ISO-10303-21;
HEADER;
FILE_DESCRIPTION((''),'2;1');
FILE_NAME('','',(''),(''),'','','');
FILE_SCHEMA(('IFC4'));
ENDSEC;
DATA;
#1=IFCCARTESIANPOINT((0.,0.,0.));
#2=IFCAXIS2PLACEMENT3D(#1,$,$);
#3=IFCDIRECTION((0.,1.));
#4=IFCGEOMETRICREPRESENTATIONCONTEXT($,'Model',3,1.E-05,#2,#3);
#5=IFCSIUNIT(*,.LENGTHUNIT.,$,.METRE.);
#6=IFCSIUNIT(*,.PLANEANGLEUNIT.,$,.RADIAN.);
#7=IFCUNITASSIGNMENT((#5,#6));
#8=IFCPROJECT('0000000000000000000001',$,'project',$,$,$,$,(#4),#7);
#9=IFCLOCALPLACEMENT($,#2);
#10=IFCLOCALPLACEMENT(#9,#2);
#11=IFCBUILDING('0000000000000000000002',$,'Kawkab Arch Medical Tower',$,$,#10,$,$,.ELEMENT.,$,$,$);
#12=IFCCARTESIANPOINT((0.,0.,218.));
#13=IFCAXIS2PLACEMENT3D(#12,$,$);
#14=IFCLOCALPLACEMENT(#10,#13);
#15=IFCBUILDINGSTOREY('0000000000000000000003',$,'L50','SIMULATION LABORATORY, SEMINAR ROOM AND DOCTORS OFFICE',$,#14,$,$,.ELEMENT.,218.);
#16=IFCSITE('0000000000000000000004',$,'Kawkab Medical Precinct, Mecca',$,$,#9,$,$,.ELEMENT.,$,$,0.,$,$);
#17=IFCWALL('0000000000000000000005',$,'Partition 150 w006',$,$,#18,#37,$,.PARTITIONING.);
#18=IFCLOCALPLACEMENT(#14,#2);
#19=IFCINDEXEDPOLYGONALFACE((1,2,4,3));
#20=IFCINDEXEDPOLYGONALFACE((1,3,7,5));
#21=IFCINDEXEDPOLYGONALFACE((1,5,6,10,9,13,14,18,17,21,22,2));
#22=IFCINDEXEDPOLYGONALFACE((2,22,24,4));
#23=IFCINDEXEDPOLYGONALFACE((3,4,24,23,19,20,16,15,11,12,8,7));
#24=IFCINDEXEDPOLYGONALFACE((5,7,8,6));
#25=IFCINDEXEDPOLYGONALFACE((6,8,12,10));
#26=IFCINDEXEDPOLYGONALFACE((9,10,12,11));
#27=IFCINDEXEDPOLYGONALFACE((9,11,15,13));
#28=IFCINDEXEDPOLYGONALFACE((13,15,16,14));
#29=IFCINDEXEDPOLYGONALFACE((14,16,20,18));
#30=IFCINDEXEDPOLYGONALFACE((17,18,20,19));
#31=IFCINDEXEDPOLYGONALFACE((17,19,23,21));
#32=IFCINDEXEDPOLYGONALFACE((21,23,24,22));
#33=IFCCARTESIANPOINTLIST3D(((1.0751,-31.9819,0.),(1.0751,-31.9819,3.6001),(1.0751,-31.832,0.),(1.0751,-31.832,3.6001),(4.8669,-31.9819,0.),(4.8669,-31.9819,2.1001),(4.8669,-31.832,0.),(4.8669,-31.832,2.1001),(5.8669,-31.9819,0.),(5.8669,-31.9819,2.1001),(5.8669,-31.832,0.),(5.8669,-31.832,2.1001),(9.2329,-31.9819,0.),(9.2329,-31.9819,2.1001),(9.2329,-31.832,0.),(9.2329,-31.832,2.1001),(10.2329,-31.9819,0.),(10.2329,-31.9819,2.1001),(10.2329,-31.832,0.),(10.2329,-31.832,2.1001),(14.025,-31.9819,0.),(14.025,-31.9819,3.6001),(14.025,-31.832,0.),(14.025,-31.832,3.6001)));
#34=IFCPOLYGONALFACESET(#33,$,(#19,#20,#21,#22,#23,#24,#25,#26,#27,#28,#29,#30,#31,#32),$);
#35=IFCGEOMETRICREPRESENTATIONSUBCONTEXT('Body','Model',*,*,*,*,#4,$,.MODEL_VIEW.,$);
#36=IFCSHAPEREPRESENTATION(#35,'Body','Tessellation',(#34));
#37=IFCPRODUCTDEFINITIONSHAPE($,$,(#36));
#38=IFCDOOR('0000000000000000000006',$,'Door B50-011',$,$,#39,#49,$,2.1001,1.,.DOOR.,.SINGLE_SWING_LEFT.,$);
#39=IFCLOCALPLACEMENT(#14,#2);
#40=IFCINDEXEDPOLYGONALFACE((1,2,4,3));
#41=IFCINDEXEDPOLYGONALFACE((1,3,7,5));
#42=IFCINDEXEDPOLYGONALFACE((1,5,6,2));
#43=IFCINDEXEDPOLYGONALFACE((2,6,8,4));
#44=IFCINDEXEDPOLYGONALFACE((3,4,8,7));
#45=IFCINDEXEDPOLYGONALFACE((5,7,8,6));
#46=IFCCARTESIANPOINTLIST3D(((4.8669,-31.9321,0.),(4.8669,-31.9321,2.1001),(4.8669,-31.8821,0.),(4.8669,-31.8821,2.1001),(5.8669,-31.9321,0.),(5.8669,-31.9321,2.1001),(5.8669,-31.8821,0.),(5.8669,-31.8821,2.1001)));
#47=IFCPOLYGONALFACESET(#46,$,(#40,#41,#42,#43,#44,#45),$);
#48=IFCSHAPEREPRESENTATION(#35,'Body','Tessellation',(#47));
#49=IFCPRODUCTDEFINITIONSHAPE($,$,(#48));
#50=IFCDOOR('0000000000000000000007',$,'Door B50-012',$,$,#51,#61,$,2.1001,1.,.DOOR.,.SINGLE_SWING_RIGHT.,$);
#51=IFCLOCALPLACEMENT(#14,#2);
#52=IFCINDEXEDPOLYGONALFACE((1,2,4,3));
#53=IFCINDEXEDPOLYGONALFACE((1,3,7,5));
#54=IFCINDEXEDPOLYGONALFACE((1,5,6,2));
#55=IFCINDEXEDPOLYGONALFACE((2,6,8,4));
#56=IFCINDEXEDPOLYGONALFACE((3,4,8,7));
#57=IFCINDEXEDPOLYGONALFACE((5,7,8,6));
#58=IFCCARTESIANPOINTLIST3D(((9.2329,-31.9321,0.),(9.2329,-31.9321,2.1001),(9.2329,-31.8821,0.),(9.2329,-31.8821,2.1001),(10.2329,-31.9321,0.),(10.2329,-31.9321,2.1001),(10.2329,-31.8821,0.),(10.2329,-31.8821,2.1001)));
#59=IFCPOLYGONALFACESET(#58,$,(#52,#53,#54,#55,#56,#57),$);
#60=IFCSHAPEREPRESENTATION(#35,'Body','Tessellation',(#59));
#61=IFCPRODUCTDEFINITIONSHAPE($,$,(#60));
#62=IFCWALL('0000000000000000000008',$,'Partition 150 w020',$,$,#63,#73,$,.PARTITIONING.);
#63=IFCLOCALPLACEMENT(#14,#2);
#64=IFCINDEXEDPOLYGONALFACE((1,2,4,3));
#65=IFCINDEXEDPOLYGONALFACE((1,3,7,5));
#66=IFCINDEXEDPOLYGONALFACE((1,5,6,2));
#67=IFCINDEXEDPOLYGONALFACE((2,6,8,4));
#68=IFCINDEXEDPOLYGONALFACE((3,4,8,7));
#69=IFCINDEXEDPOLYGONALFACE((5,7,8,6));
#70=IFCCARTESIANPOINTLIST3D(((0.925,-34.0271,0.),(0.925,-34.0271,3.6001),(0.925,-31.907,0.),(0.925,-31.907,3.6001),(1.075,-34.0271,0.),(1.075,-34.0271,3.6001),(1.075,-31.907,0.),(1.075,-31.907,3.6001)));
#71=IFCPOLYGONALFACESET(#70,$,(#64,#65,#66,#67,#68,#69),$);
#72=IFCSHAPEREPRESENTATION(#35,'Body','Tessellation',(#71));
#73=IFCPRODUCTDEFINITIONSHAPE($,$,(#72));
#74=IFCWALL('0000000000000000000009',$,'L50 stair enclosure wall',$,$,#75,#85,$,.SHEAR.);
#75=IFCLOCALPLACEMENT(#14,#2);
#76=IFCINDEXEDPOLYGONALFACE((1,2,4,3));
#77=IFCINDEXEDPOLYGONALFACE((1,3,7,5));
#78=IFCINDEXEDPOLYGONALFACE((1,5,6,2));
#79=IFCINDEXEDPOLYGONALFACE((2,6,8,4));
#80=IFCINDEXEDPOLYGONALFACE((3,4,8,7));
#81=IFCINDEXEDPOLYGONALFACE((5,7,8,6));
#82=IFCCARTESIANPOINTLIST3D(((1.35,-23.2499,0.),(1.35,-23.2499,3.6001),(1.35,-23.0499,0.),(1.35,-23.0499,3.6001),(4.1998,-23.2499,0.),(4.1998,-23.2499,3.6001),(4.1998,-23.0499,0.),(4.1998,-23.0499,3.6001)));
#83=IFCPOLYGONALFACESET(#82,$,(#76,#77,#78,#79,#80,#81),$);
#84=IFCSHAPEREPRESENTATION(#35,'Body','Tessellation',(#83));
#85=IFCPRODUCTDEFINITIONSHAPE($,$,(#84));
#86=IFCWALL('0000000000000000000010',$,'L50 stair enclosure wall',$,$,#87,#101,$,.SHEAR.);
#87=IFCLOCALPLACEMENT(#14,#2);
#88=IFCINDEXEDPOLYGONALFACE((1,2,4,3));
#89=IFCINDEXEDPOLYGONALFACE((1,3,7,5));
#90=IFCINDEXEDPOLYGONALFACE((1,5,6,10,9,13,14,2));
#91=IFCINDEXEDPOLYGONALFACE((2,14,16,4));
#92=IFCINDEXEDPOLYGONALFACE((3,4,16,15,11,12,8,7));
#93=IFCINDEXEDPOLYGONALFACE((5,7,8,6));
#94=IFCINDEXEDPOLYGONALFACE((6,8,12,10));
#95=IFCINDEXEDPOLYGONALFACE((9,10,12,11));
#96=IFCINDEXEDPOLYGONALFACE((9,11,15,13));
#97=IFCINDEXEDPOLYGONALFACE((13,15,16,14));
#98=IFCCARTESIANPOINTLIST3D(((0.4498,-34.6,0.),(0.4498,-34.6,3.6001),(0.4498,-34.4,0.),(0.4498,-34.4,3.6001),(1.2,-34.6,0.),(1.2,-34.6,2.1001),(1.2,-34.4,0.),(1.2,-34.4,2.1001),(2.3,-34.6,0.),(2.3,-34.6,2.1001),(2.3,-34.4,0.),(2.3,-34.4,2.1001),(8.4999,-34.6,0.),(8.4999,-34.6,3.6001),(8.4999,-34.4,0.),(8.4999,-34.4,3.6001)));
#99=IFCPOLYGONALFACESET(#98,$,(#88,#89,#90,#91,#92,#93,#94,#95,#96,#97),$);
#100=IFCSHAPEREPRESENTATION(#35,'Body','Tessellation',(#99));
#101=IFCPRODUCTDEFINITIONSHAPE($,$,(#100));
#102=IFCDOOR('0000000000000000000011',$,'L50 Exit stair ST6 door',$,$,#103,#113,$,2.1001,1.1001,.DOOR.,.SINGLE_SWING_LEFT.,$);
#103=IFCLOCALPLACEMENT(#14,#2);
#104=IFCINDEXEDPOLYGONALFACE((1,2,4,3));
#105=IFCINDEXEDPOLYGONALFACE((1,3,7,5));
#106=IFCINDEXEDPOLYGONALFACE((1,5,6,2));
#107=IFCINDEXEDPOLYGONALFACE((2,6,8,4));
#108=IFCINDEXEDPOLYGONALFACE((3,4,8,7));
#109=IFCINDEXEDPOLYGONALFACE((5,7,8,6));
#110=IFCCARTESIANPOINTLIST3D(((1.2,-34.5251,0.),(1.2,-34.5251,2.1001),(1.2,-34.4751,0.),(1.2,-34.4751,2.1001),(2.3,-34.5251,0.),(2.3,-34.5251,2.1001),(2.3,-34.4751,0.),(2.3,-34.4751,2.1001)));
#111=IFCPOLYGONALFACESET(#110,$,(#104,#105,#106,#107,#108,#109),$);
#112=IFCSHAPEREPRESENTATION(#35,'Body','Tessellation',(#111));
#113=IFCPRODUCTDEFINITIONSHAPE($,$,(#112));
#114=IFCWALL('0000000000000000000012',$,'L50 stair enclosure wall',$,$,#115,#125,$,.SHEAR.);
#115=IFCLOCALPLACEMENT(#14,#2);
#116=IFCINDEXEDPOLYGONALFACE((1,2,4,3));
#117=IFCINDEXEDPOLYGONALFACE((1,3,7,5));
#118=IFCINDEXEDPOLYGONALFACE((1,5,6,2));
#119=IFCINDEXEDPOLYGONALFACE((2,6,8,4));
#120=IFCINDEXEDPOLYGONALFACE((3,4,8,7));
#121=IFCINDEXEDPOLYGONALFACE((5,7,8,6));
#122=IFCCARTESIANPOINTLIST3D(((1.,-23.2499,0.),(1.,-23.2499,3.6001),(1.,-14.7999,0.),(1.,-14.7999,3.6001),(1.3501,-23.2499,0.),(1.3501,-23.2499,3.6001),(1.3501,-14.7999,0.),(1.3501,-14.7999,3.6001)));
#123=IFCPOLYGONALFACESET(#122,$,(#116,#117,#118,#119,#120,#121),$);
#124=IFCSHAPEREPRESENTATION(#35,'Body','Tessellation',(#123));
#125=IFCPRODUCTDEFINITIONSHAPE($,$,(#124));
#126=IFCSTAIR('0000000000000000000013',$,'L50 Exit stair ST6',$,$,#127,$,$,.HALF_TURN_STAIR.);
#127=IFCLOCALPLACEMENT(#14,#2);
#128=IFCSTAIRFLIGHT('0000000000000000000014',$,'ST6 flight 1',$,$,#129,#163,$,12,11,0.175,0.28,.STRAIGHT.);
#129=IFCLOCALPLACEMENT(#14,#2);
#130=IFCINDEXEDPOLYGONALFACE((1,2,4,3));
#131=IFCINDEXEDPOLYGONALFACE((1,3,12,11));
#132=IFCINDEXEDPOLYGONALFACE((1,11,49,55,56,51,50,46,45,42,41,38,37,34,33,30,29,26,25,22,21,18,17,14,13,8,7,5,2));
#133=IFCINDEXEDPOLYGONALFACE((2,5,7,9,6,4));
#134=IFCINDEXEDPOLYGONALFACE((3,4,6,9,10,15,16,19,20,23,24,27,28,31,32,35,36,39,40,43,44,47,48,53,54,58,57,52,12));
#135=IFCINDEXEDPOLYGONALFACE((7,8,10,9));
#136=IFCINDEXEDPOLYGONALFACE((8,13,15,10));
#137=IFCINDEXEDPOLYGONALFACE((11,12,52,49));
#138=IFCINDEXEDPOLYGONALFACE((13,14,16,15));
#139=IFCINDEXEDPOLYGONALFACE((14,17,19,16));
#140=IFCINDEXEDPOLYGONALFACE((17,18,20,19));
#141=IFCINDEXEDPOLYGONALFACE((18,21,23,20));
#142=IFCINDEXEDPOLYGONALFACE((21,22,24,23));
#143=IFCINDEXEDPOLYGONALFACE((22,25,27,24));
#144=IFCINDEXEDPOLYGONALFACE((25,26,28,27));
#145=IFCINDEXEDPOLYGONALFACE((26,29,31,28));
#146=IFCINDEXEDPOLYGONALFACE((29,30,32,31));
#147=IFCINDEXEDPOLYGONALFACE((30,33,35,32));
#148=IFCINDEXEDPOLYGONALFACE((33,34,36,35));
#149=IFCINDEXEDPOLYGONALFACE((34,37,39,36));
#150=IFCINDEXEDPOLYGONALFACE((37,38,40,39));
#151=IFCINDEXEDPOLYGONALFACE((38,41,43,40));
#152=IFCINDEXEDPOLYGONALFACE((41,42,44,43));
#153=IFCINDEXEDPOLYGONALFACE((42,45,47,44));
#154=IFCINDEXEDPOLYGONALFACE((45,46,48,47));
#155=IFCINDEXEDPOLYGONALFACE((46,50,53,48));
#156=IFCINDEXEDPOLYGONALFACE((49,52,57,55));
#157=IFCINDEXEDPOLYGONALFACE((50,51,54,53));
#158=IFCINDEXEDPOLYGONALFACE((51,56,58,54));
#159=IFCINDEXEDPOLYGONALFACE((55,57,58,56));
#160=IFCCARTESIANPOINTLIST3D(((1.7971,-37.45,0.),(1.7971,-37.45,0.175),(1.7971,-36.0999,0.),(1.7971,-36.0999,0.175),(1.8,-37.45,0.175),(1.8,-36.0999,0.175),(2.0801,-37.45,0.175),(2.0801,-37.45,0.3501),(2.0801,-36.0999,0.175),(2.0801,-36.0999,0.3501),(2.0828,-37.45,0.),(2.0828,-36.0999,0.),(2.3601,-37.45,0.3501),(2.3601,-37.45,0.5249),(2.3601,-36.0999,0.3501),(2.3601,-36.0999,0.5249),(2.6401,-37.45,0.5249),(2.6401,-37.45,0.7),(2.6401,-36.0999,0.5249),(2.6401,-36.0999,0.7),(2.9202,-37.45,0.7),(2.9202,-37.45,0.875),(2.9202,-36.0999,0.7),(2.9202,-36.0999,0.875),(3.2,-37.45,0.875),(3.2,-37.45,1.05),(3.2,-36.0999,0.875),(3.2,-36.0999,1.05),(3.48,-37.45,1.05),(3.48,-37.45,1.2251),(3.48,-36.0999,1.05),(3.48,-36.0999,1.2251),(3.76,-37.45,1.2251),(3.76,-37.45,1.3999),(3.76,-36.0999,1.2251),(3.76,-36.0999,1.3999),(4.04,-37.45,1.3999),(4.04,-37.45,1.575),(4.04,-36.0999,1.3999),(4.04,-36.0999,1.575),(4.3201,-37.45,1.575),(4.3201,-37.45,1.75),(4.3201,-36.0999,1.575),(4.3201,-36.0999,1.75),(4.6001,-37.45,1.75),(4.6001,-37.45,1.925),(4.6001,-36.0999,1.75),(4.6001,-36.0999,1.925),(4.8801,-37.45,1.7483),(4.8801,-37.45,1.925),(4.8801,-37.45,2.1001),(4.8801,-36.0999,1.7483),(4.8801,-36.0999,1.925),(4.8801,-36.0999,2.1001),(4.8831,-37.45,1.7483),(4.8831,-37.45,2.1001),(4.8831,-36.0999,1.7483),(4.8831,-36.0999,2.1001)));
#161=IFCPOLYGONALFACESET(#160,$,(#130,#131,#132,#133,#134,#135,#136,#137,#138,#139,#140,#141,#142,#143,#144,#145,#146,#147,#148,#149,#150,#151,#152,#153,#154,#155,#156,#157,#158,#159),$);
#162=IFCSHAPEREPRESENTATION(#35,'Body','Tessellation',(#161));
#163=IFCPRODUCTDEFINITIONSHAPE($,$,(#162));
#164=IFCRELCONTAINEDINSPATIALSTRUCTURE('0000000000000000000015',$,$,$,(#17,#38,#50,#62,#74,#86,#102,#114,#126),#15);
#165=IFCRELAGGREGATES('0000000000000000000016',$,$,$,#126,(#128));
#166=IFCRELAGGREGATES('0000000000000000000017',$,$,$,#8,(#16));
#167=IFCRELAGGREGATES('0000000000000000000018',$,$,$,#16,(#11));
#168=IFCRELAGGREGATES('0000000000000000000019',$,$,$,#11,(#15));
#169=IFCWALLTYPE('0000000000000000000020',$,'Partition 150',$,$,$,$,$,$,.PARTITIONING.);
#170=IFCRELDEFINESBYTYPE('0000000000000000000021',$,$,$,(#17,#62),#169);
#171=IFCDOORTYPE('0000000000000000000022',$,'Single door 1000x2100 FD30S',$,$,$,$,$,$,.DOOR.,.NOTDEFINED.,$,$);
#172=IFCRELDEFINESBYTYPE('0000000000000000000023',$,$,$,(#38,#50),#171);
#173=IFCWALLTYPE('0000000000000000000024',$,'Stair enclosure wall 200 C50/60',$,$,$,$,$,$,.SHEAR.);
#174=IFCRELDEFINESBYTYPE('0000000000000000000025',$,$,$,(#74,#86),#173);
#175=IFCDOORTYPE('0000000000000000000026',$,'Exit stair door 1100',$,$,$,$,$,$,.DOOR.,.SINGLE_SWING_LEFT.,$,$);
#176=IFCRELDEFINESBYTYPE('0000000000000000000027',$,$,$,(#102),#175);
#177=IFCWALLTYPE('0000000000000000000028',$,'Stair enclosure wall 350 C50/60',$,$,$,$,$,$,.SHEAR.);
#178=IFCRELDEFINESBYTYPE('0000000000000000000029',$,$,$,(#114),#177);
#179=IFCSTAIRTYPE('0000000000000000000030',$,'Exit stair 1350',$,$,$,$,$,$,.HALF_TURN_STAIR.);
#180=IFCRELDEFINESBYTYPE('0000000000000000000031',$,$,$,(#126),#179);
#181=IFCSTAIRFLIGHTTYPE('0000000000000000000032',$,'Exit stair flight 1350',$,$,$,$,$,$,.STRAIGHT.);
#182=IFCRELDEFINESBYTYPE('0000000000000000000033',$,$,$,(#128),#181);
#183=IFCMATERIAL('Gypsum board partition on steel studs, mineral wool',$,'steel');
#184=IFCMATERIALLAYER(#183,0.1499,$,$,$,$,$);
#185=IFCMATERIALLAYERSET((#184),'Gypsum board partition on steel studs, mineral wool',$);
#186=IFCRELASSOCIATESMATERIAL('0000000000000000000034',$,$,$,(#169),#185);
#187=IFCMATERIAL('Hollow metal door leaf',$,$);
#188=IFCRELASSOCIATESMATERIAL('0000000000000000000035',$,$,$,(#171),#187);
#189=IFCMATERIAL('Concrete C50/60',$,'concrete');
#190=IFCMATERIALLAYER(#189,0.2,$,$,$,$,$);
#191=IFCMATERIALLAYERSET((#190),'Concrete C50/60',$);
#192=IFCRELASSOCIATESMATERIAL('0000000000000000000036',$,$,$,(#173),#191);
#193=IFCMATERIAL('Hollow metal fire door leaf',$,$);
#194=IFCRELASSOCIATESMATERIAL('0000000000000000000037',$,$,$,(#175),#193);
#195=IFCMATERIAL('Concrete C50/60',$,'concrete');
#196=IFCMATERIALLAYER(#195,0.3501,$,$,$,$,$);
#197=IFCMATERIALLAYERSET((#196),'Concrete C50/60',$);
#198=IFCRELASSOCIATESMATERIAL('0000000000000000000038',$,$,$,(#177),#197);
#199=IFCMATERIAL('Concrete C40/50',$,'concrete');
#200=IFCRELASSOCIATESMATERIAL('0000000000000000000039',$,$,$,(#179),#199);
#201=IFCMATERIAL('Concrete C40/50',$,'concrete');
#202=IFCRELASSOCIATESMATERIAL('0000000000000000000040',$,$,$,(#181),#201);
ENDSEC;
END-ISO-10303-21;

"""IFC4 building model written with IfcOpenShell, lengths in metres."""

from ifc_helpers import new_model, si_unit, direction, frame, frame_2d, origin, place, context, subcontext, project, spatial, polyline, rectangle, outline, extrude, material, layer, layer_set, type_object, element, fill, aggregate, save


model = new_model("IFC4")

# Units and contexts
model_context = context("Model", 3, precision=1e-05, world=origin(), true_north=direction((0.0, 1.0)))
body_context = subcontext(model_context, "Body", "Model", "MODEL_VIEW")
ifc_project = project(units=[si_unit("LENGTHUNIT", "METRE"), si_unit("PLANEANGLEUNIT", "RADIAN")], contexts=[model_context])

# Site, building, storey
site_placement = place(None, origin())
site = spatial("IfcSite", under=ifc_project, at=site_placement, Name="Kawkab Medical Precinct, Mecca", CompositionType="ELEMENT", RefElevation=0.0)
building_placement = place(site_placement, origin())
building = spatial("IfcBuilding", under=site, at=building_placement, Name="Kawkab Arch Medical Tower", CompositionType="ELEMENT")
storey_placement = place(building_placement, frame((0.0, 0.0, 218.0)))
storey = spatial("IfcBuildingStorey", under=building, at=storey_placement, Name="L50", Description="SIMULATION LABORATORY, SEMINAR ROOM AND DOCTORS OFFICE", CompositionType="ELEMENT", Elevation=218.0)

# Shared definitions
placement = place(storey_placement, origin())

# Wall, openings, doors
ifc_material_1 = material(Name="Gypsum board partition on steel studs, mineral wool", Category="steel")
ifc_layer_1 = layer(ifc_material_1, 0.1499)
ifc_layer_set_1 = layer_set([ifc_layer_1], Name="Gypsum board partition on steel studs, mineral wool")
wall_type_1 = type_object("IfcWallType", Name="Partition 150", PredefinedType="PARTITIONING", material=ifc_layer_set_1)
wall_1_placement = place(storey_placement, frame((1.075, -31.907, 0.0), z_axis=(0.0, 0.0, 1.0), x_axis=(1.0, 0.0, 0.0)))
wall_1 = element("IfcWall", 1, at=wall_1_placement, inside=storey, type_object=wall_type_1, Name="Partition 150 w006", PredefinedType="PARTITIONING", context=body_context, shape_type="SweptSolid", body=[
    extrude(rectangle(XDim=12.95, YDim=0.1499, at=frame_2d((6.4751, 0.0))), origin(), (0.0, 0.0, 1.0), 3.6001),
])
opening_1_placement = place(wall_1_placement, frame((3.792, 0.0, 0.0)))
opening_1 = element("IfcOpeningElement", 2, at=opening_1_placement, cuts=wall_1, PredefinedType="OPENING", context=body_context, shape_type="SweptSolid", body=[
    extrude(rectangle(XDim=1.0, YDim=2.1001, at=frame_2d((0.5, 1.05))), frame((0.0, 0.085, 0.0), z_axis=(0.0, -1.0, 0.0), x_axis=(1.0, 0.0, 0.0)), (0.0, 0.0, 1.0), 0.1699),
])
opening_2_placement = place(wall_1_placement, frame((8.158, 0.0, 0.0)))
opening_2 = element("IfcOpeningElement", 3, at=opening_2_placement, cuts=wall_1, PredefinedType="OPENING", context=body_context, shape_type="SweptSolid", body=[
    extrude(rectangle(XDim=1.0, YDim=2.1001, at=frame_2d((0.5, 1.05))), frame((0.0, 0.085, 0.0), z_axis=(0.0, -1.0, 0.0), x_axis=(1.0, 0.0, 0.0)), (0.0, 0.0, 1.0), 0.1699),
])
ifc_material_2 = material(Name="Hollow metal door leaf")
door_type_1 = type_object("IfcDoorType", Name="Single door 1000x2100 FD30S", OperationType="NOTDEFINED", PredefinedType="DOOR", material=ifc_material_2)
door_1_placement = place(opening_1_placement, origin())
door_1 = element("IfcDoor", 4, at=door_1_placement, inside=storey, type_object=door_type_1, Name="Door B50-011", OperationType="SINGLE_SWING_LEFT", OverallHeight=2.1001, OverallWidth=1.0, PredefinedType="DOOR", context=body_context, shape_type="SweptSolid", body=[
    extrude(rectangle(XDim=1.0, YDim=2.1001, at=frame_2d((0.5, 1.05))), frame((0.0, 0.0249, 0.0), z_axis=(0.0, -1.0, 0.0), x_axis=(1.0, 0.0, 0.0)), (0.0, 0.0, 1.0), 0.05),
])
fill(opening_1, door_1)
door_2_placement = place(opening_2_placement, origin())
door_2 = element("IfcDoor", 5, at=door_2_placement, inside=storey, type_object=door_type_1, Name="Door B50-012", OperationType="SINGLE_SWING_RIGHT", OverallHeight=2.1001, OverallWidth=1.0, PredefinedType="DOOR", context=body_context, shape_type="SweptSolid", body=[
    extrude(rectangle(XDim=1.0, YDim=2.1001, at=frame_2d((0.5, 1.05))), frame((0.0, 0.0249, 0.0), z_axis=(0.0, -1.0, 0.0), x_axis=(1.0, 0.0, 0.0)), (0.0, 0.0, 1.0), 0.05),
])
fill(opening_2, door_2)

# Walls
wall_2_placement = place(storey_placement, frame((1.0, -34.0271, 0.0), z_axis=(0.0, 0.0, 1.0), x_axis=(0.0, 1.0, 0.0)))
element("IfcWall", 6, at=wall_2_placement, inside=storey, type_object=wall_type_1, Name="Partition 150 w020", PredefinedType="PARTITIONING", context=body_context, shape_type="SweptSolid", body=[
    extrude(rectangle(XDim=2.1201, YDim=0.1499, at=frame_2d((1.0601, 0.0))), origin(), (0.0, 0.0, 1.0), 3.6001),
])
ifc_material_3 = material(Name="Concrete C50/60", Category="concrete")
ifc_layer_2 = layer(ifc_material_3, 0.2)
ifc_layer_set_2 = layer_set([ifc_layer_2], Name="Concrete C50/60")
wall_type_2 = type_object("IfcWallType", Name="Stair enclosure wall 200 C50/60", PredefinedType="SHEAR", material=ifc_layer_set_2)
wall_3_placement = place(storey_placement, frame((1.3501, -23.1499, 0.0), z_axis=(0.0, 0.0, 1.0), x_axis=(1.0, 0.0, 0.0)))
element("IfcWall", 7, at=wall_3_placement, inside=storey, type_object=wall_type_2, Name="L50 stair enclosure wall", PredefinedType="SHEAR", context=body_context, shape_type="SweptSolid", body=[
    extrude(rectangle(XDim=2.8499, YDim=0.2, at=frame_2d((1.4248, 0.0))), origin(), (0.0, 0.0, 1.0), 3.6001),
])

# Wall, opening, door
wall_4_placement = place(storey_placement, frame((0.45, -34.5, 0.0), z_axis=(0.0, 0.0, 1.0), x_axis=(1.0, 0.0, 0.0)))
wall_4 = element("IfcWall", 8, at=wall_4_placement, inside=storey, type_object=wall_type_2, Name="L50 stair enclosure wall", PredefinedType="SHEAR", context=body_context, shape_type="SweptSolid", body=[
    extrude(rectangle(XDim=8.05, YDim=0.2, at=frame_2d((4.0249, 0.0))), origin(), (0.0, 0.0, 1.0), 3.6001),
])
opening_3_placement = place(wall_4_placement, frame((0.75, 0.0, 0.0)))
opening_3 = element("IfcOpeningElement", 9, at=opening_3_placement, cuts=wall_4, PredefinedType="OPENING", context=body_context, shape_type="SweptSolid", body=[
    extrude(rectangle(XDim=1.1001, YDim=2.1001, at=frame_2d((0.55, 1.05))), frame((0.0, 0.1099, 0.0), z_axis=(0.0, -1.0, 0.0), x_axis=(1.0, 0.0, 0.0)), (0.0, 0.0, 1.0), 0.22),
])
ifc_material_4 = material(Name="Hollow metal fire door leaf")
door_type_2 = type_object("IfcDoorType", Name="Exit stair door 1100", OperationType="SINGLE_SWING_LEFT", PredefinedType="DOOR", material=ifc_material_4)
door_3_placement = place(opening_3_placement, origin())
door_3 = element("IfcDoor", 10, at=door_3_placement, inside=storey, type_object=door_type_2, Name="L50 Exit stair ST6 door", OperationType="SINGLE_SWING_LEFT", OverallHeight=2.1001, OverallWidth=1.1001, PredefinedType="DOOR", context=body_context, shape_type="SweptSolid", body=[
    extrude(rectangle(XDim=1.1001, YDim=2.1001, at=frame_2d((0.55, 1.05))), frame((0.0, 0.0249, 0.0), z_axis=(0.0, -1.0, 0.0), x_axis=(1.0, 0.0, 0.0)), (0.0, 0.0, 1.0), 0.05),
])
fill(opening_3, door_3)

# Wall
ifc_material_5 = material(Name="Concrete C50/60", Category="concrete")
ifc_layer_3 = layer(ifc_material_5, 0.3501)
ifc_layer_set_3 = layer_set([ifc_layer_3], Name="Concrete C50/60")
wall_type_3 = type_object("IfcWallType", Name="Stair enclosure wall 350 C50/60", PredefinedType="SHEAR", material=ifc_layer_set_3)
wall_5_placement = place(storey_placement, frame((1.175, -23.25, 0.0), z_axis=(0.0, 0.0, 1.0), x_axis=(0.0, 1.0, 0.0)))
element("IfcWall", 11, at=wall_5_placement, inside=storey, type_object=wall_type_3, Name="L50 stair enclosure wall", PredefinedType="SHEAR", context=body_context, shape_type="SweptSolid", body=[
    extrude(rectangle(XDim=8.45, YDim=0.3501, at=frame_2d((4.2251, 0.0))), origin(), (0.0, 0.0, 1.0), 3.6001),
])

# Stair, stair flight
ifc_material_6 = material(Name="Concrete C40/50", Category="concrete")
stair_type = type_object("IfcStairType", Name="Exit stair 1350", PredefinedType="HALF_TURN_STAIR", material=ifc_material_6)
stair = element("IfcStair", 12, at=placement, inside=storey, type_object=stair_type, Name="L50 Exit stair ST6", PredefinedType="HALF_TURN_STAIR")
ifc_material_7 = material(Name="Concrete C40/50", Category="concrete")
stair_flight_type = type_object("IfcStairFlightType", Name="Exit stair flight 1350", PredefinedType="STRAIGHT", material=ifc_material_7)
stair_flight_placement = place(storey_placement, frame((1.8, -36.7749, 0.0), z_axis=(0.0, 0.0, 1.0), x_axis=(1.0, 0.0, 0.0)))
stair_flight = element("IfcStairFlight", 13, at=stair_flight_placement, type_object=stair_flight_type, Name="ST6 flight 1", NumberOfRisers=12, NumberOfTreads=11, PredefinedType="STRAIGHT", RiserHeight=0.175, TreadLength=0.28, context=body_context, shape_type="SweptSolid", body=[
    extrude(outline(polyline([(-0.0029, 0.0), (-0.0029, 0.175), (0.0, 0.175), (0.28, 0.175), (0.28, 0.3501), (0.5601, 0.3501), (0.5601, 0.5249), (0.8401, 0.5249), (0.8401, 0.7), (1.1201, 0.7), (1.1201, 0.875), (1.3999, 0.875), (1.3999, 1.05), (1.6799, 1.05), (1.6799, 1.2251), (1.96, 1.2251), (1.96, 1.3999), (2.24, 1.3999), (2.24, 1.575), (2.52, 1.575), (2.52, 1.75), (2.8, 1.75), (2.8, 1.925), (3.0801, 1.925), (3.0801, 2.1001), (3.083, 2.1001), (3.083, 1.7483), (3.0801, 1.7483), (0.2827, 0.0), (-0.0029, 0.0)])), frame((0.0, 0.675, 0.0), z_axis=(0.0, -1.0, 0.0), x_axis=(1.0, 0.0, 0.0)), (0.0, 0.0, 1.0), 1.3501),
])
aggregate(stair, [stair_flight])

save(model, "model.ifc")
